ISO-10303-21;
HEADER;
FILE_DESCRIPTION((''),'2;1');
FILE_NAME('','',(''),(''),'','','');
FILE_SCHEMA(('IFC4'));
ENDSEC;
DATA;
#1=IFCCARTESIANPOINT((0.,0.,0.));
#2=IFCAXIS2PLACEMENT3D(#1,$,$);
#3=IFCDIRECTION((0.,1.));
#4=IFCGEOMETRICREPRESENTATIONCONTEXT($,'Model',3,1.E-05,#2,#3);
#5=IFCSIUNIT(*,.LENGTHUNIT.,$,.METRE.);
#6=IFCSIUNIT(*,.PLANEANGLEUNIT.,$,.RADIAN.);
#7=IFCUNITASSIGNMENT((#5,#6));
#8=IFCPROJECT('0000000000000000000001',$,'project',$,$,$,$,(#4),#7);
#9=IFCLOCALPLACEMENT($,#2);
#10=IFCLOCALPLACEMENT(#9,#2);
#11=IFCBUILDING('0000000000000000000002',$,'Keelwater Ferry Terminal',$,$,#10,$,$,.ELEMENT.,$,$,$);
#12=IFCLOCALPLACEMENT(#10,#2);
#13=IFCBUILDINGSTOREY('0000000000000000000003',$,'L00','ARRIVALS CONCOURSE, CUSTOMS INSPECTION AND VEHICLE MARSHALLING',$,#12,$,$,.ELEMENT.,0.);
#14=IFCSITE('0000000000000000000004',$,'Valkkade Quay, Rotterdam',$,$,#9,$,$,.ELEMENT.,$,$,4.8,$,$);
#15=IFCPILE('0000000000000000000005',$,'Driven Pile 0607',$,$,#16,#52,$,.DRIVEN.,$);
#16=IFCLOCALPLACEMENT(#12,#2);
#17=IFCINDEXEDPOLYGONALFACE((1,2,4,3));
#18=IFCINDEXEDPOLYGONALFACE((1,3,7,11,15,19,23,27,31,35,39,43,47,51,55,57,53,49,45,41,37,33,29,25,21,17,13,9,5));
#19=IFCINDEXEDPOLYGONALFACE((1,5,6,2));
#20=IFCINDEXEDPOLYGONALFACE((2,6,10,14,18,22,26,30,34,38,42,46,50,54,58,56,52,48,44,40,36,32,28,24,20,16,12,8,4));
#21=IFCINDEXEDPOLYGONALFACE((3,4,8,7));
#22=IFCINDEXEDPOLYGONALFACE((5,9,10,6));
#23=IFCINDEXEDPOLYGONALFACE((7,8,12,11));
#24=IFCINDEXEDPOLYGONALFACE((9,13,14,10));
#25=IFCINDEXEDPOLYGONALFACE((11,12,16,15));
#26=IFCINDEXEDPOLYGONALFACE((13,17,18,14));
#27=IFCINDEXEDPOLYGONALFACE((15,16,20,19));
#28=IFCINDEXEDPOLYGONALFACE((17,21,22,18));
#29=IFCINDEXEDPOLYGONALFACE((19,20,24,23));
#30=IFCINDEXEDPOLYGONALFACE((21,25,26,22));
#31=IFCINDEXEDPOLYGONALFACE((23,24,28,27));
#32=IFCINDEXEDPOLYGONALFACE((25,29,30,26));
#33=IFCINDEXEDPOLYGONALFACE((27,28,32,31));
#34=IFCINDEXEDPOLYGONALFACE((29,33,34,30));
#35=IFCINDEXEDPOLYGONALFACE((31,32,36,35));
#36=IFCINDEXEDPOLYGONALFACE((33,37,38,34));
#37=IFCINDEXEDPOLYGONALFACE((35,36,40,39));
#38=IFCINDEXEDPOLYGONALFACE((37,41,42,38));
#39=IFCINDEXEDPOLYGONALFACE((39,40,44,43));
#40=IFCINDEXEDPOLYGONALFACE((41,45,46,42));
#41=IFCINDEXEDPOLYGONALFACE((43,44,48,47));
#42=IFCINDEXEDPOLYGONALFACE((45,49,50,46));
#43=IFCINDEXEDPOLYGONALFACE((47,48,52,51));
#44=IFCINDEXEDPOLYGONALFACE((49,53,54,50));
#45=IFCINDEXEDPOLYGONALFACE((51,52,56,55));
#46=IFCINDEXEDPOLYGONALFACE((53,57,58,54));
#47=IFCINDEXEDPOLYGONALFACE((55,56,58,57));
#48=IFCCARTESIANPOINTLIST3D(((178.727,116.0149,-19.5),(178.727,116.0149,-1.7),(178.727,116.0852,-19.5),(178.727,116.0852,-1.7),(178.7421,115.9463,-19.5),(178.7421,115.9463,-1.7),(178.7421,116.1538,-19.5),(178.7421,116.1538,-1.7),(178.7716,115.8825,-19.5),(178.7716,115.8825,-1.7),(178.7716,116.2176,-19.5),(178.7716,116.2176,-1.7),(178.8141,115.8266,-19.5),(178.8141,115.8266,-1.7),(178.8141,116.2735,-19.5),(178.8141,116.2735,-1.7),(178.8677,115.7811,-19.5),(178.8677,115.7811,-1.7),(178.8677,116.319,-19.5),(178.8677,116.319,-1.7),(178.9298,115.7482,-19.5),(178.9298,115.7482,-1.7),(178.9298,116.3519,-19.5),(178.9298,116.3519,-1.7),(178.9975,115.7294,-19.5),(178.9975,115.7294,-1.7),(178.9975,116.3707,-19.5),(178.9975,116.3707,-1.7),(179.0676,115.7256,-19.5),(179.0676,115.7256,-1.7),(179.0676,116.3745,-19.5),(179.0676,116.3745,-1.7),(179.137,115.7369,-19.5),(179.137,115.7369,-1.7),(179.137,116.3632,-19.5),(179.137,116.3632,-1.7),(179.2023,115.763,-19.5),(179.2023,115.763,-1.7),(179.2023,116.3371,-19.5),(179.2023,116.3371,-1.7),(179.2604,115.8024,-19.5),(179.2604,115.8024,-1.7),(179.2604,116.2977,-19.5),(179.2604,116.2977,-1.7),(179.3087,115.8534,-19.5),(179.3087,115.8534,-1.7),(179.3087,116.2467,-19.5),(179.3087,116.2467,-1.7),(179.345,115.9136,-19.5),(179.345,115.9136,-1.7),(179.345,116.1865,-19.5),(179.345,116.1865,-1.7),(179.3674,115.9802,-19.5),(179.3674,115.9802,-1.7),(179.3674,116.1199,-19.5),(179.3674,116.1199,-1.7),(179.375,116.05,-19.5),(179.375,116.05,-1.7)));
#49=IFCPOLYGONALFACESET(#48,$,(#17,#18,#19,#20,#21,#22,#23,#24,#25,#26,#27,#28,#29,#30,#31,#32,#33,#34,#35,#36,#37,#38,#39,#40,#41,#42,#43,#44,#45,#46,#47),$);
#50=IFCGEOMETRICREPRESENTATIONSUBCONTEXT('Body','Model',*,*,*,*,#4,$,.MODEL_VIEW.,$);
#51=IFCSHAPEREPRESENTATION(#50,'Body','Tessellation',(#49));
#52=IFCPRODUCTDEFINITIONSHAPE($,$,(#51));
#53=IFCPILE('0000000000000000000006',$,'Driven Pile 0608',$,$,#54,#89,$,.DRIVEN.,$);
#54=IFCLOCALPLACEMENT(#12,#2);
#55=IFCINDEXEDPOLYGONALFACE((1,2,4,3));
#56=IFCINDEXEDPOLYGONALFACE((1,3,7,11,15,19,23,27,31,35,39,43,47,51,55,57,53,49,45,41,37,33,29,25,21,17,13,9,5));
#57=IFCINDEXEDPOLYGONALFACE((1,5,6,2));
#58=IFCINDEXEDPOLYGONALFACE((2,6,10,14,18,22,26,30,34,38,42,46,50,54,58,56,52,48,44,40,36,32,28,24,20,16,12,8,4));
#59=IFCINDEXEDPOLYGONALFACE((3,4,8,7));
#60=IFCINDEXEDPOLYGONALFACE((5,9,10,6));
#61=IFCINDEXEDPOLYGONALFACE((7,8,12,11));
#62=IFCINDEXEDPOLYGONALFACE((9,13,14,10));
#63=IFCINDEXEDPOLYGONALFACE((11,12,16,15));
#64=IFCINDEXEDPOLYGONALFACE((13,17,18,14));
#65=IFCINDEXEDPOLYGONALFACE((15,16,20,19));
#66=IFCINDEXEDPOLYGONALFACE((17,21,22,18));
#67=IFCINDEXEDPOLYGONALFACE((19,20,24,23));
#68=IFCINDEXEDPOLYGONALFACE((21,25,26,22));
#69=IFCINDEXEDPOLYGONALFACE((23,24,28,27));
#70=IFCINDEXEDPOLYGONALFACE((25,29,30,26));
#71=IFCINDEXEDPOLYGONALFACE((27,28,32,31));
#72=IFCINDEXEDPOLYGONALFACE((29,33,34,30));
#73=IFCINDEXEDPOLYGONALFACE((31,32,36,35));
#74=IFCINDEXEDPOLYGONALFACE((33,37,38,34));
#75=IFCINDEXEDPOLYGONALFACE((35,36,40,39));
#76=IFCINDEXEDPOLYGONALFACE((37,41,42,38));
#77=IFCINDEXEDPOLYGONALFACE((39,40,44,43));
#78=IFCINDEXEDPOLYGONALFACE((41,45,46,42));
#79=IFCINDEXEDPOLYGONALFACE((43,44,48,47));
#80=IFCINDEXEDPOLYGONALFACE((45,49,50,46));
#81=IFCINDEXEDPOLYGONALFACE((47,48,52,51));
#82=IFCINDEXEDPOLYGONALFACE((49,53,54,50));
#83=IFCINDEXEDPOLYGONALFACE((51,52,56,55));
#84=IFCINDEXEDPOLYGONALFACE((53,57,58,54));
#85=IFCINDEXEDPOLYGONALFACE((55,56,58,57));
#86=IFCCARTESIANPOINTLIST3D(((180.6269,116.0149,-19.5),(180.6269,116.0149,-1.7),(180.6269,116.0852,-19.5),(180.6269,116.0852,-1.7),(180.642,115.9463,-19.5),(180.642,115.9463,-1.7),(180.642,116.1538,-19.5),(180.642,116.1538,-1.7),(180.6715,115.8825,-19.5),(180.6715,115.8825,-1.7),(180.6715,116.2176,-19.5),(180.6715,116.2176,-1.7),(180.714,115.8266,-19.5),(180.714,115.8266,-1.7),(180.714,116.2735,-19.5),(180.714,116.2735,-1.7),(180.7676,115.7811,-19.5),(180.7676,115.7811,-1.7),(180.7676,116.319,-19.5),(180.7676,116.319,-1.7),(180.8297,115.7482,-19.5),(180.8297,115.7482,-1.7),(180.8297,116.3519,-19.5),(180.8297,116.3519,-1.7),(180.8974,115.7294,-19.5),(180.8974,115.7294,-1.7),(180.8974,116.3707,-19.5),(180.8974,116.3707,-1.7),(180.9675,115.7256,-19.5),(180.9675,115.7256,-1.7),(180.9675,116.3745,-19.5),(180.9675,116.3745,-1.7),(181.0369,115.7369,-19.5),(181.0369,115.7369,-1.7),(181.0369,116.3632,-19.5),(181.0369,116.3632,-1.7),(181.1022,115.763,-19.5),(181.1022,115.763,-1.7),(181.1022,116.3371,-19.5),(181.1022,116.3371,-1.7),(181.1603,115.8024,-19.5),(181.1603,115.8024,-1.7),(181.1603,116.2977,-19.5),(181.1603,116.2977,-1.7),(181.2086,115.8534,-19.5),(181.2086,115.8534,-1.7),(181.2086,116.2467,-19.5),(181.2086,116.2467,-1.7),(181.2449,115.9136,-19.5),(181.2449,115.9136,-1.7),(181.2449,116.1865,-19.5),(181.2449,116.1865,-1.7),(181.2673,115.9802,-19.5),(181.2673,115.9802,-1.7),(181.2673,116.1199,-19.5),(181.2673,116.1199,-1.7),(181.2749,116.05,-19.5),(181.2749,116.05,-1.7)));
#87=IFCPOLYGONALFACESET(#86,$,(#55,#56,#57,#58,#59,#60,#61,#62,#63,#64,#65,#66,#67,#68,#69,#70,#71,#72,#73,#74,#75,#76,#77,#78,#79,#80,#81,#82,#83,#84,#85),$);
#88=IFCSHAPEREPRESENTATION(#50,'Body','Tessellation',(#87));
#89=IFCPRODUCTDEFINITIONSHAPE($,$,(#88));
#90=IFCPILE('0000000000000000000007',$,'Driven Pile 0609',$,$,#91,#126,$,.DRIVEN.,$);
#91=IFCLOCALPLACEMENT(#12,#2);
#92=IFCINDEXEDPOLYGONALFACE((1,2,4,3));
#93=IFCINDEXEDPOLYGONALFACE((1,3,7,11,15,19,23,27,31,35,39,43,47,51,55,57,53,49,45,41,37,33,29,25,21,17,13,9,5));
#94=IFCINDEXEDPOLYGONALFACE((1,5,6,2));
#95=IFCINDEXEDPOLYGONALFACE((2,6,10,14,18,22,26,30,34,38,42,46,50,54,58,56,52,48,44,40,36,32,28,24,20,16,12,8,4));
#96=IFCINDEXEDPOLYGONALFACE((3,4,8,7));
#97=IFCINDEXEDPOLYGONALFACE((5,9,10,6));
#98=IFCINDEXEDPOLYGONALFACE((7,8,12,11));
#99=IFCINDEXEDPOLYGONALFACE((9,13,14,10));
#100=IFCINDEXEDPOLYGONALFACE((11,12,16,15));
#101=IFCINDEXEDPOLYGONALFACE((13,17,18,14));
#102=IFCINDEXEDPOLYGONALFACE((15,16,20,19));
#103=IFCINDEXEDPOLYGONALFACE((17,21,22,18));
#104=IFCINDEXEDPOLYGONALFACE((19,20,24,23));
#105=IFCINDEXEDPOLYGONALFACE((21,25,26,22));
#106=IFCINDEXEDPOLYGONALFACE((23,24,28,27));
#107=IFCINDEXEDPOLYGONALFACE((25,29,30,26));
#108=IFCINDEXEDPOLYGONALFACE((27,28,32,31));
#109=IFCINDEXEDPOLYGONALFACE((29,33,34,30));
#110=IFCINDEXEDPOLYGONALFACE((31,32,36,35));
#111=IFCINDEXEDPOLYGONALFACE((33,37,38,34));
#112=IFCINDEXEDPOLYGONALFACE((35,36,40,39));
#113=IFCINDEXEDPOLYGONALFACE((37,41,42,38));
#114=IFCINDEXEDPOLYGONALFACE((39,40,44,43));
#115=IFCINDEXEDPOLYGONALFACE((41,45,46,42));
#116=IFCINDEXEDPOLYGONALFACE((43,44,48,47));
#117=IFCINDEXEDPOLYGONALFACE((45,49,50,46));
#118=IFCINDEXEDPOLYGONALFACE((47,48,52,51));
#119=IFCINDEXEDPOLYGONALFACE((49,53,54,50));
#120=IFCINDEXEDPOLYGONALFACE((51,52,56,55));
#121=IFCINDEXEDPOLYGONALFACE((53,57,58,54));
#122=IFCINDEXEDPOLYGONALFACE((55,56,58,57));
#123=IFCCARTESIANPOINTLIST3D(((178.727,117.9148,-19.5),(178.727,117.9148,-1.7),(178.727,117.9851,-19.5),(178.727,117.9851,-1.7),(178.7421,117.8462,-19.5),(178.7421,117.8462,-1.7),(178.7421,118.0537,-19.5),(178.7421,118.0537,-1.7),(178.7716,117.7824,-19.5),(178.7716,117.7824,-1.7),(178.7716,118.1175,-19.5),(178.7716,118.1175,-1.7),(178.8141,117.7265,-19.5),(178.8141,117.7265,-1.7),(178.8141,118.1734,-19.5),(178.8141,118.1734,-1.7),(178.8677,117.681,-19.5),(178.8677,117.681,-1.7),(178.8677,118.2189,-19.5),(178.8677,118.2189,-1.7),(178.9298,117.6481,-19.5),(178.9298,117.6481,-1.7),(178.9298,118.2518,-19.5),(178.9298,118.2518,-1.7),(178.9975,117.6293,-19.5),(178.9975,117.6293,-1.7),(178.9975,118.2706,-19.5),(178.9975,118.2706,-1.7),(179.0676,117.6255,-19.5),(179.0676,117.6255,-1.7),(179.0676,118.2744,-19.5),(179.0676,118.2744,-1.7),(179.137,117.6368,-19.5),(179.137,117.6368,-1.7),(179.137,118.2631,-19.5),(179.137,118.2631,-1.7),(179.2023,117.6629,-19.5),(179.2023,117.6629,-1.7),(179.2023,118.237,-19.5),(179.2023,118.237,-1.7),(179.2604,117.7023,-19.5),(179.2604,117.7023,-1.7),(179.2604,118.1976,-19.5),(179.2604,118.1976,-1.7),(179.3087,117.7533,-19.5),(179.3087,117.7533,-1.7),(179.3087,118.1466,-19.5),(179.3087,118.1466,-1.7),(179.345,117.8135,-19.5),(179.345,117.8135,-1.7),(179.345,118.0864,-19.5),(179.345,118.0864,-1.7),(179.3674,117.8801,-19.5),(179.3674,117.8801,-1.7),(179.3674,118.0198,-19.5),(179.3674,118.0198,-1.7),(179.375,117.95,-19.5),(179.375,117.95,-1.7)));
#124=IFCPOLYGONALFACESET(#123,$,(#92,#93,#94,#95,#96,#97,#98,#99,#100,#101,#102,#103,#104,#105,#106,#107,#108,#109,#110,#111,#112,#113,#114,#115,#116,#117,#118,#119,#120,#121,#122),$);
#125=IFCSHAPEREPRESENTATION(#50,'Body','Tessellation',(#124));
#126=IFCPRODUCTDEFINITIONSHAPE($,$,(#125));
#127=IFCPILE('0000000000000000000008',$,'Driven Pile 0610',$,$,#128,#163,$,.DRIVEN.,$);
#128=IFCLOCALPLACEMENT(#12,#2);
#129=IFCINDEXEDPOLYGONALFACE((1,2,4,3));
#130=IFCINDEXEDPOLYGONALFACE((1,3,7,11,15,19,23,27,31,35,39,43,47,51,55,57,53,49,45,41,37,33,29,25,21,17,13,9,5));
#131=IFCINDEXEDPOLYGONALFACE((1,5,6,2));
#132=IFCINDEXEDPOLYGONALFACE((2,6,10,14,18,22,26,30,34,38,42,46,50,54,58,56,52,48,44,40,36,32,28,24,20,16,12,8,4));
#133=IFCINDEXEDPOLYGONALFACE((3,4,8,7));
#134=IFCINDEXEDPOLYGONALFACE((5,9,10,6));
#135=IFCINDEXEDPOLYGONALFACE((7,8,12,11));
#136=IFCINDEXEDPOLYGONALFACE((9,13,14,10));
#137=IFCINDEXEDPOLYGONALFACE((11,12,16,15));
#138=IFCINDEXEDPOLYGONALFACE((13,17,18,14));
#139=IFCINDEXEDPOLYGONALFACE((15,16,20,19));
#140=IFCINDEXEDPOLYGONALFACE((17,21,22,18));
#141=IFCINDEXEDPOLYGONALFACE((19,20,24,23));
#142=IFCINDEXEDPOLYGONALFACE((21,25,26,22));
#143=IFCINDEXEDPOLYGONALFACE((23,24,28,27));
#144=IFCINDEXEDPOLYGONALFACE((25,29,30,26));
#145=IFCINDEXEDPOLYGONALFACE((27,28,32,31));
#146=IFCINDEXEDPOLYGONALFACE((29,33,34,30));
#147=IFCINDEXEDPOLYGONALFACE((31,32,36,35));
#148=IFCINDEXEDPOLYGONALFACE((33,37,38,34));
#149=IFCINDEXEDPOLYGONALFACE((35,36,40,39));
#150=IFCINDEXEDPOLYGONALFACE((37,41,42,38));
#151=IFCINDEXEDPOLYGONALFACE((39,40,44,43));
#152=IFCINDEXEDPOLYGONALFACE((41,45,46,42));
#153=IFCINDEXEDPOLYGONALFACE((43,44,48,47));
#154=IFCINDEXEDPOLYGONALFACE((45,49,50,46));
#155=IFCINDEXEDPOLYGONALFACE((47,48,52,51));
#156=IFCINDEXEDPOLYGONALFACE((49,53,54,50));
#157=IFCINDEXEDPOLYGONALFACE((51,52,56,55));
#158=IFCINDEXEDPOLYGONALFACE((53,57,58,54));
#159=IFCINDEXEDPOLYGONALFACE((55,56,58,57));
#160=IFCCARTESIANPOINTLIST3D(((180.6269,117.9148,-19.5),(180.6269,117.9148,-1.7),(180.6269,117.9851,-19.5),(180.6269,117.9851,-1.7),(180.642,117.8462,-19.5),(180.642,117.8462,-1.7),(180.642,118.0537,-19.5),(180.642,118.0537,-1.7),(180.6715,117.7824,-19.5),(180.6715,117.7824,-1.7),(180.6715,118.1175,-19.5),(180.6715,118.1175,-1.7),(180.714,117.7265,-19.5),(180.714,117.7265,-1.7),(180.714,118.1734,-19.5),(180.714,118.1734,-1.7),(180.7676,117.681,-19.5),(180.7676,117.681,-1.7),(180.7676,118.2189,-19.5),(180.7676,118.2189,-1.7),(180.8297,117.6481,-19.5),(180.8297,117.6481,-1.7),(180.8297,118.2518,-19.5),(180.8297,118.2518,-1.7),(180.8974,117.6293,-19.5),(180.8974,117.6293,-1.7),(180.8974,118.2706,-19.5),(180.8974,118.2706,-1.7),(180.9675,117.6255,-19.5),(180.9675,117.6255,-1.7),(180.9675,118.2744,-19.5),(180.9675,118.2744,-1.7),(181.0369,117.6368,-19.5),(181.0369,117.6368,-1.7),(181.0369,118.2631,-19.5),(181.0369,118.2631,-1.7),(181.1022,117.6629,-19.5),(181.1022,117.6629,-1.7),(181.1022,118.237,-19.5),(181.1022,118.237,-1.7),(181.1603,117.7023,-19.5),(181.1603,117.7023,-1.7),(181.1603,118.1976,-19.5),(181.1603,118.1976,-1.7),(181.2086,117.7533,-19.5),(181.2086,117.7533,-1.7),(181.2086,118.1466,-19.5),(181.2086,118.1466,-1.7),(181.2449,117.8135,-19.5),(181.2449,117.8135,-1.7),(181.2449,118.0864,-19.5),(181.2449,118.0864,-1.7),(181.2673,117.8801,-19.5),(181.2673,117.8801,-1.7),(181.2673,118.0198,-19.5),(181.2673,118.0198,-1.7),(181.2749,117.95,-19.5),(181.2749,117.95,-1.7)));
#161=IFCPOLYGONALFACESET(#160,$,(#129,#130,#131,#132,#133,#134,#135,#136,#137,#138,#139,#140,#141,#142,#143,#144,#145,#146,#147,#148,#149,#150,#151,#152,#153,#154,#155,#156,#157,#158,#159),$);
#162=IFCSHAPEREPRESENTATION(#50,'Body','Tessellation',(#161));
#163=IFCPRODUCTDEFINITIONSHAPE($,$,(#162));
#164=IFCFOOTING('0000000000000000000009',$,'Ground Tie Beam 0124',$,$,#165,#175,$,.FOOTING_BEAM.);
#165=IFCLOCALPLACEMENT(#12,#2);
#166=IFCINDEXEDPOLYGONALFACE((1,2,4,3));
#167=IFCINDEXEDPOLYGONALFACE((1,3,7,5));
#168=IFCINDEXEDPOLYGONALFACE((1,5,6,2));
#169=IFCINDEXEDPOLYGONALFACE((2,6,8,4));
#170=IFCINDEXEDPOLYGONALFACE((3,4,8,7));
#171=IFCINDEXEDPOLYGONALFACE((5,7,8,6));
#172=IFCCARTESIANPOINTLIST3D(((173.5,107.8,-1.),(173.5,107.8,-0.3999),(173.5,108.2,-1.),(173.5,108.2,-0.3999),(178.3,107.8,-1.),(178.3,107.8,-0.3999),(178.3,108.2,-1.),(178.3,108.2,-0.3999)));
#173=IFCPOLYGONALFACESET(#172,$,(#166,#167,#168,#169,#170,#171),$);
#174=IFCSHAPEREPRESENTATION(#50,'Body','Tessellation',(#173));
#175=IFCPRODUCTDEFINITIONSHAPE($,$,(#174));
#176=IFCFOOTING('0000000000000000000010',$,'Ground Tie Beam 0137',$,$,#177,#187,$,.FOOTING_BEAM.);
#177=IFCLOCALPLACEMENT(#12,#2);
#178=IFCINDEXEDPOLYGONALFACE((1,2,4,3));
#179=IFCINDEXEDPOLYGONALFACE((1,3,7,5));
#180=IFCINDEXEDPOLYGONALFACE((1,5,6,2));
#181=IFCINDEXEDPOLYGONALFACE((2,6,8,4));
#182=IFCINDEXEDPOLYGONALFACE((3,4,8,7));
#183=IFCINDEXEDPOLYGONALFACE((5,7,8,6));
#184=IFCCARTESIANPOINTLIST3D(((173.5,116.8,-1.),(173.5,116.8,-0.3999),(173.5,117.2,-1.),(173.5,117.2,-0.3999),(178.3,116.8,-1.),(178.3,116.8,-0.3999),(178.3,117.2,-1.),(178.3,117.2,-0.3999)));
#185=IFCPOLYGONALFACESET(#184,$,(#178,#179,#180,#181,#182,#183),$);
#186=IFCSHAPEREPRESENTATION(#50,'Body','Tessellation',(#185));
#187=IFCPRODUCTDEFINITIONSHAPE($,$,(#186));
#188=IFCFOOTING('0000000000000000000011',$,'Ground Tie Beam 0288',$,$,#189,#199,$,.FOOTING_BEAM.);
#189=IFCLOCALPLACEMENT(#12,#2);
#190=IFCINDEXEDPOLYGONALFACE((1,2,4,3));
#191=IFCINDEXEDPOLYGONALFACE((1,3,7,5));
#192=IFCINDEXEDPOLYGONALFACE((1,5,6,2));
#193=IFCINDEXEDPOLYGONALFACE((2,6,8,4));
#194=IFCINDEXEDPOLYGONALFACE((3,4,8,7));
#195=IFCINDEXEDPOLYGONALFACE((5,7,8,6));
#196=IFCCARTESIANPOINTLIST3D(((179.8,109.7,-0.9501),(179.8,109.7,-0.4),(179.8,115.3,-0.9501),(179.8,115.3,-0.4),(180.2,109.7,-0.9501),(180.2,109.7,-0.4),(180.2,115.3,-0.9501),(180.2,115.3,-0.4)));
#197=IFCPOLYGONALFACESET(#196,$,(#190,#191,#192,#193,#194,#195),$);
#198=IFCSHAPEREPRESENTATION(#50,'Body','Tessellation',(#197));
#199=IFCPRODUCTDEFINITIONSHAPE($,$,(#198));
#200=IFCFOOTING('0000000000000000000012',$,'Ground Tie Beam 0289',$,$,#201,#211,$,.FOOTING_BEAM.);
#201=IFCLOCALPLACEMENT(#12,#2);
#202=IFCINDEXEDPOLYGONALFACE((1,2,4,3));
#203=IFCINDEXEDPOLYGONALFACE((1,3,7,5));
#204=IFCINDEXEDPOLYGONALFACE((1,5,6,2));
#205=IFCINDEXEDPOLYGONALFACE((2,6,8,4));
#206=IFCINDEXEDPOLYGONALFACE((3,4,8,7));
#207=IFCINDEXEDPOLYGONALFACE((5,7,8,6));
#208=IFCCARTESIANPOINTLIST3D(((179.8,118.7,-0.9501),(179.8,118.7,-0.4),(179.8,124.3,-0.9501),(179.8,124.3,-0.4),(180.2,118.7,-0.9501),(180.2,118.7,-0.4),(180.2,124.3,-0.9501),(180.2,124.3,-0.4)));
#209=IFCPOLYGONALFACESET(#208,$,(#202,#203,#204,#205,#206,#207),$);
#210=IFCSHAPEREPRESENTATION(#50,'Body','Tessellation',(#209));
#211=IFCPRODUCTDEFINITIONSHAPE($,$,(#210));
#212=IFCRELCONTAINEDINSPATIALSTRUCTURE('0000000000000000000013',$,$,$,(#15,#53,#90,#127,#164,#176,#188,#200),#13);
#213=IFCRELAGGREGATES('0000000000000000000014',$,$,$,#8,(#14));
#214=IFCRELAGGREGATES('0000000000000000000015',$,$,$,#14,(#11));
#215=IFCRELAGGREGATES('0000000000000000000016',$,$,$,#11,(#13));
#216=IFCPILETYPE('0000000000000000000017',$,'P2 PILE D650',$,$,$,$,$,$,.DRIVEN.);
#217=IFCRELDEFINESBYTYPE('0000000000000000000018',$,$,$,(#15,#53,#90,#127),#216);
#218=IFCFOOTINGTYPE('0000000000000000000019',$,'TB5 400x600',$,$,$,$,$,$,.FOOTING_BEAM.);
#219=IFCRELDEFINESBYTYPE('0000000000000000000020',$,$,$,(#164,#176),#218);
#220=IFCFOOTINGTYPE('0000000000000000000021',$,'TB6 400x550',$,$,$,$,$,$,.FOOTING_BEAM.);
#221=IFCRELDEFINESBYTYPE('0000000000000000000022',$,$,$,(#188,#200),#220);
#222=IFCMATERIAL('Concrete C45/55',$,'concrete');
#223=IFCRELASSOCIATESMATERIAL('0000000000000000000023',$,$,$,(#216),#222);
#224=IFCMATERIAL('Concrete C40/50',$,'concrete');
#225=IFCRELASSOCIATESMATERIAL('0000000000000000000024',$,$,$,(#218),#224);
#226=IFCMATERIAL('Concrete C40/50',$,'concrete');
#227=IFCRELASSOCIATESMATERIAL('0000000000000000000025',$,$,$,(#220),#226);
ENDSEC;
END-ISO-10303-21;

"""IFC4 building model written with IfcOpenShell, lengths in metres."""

from ifc_helpers import new_model, si_unit, direction, frame, origin, origin_2d, place, context, subcontext, project, spatial, rectangle, circle, extrude, material, material_profile, profile_set, type_object, element, save


model = new_model("IFC4")

# Units and contexts
model_context = context("Model", 3, precision=1e-05, world=origin(), true_north=direction((0.0, 1.0)))
body_context = subcontext(model_context, "Body", "Model", "MODEL_VIEW")
ifc_project = project(units=[si_unit("LENGTHUNIT", "METRE"), si_unit("PLANEANGLEUNIT", "RADIAN")], contexts=[model_context])

# Site, building, storey
site_placement = place(None, origin())
site = spatial("IfcSite", under=ifc_project, at=site_placement, Name="Valkkade Quay, Rotterdam", CompositionType="ELEMENT", RefElevation=4.8)
building_placement = place(site_placement, origin())
building = spatial("IfcBuilding", under=site, at=building_placement, Name="Keelwater Ferry Terminal", CompositionType="ELEMENT")
storey_placement = place(building_placement, origin())
storey = spatial("IfcBuildingStorey", under=building, at=storey_placement, Name="L00", Description="ARRIVALS CONCOURSE, CUSTOMS INSPECTION AND VEHICLE MARSHALLING", CompositionType="ELEMENT", Elevation=0.0)

# Piles
ifc_material_1 = material(Name="Concrete C45/55", Category="concrete")
ifc_material_profile_1 = material_profile(ifc_material_1, circle(Radius=0.325, at=origin_2d()), Name="PILE D650")
ifc_profile_set_1 = profile_set([ifc_material_profile_1], Name="Concrete C45/55")
pile_type = type_object("IfcPileType", Name="P2 PILE D650", PredefinedType="DRIVEN", material=ifc_profile_set_1)
for number, where, z_axis, x_axis, name in (
    (1, (179.05, 116.05, -1.7), (0.0, 0.0, -1.0), (1.0, 0.0, 0.0), "Driven Pile 0607"),
    (2, (180.95, 116.05, -1.7), (0.0, 0.0, -1.0), (1.0, 0.0, 0.0), "Driven Pile 0608"),
    (3, (179.05, 117.95, -1.7), (0.0, 0.0, -1.0), (1.0, 0.0, 0.0), "Driven Pile 0609"),
    (4, (180.95, 117.95, -1.7), (0.0, 0.0, -1.0), (1.0, 0.0, 0.0), "Driven Pile 0610"),
):
    element("IfcPile", number, at=place(storey_placement, frame(where, z_axis=z_axis, x_axis=x_axis)), inside=storey, type_object=pile_type, Name=name, PredefinedType="DRIVEN", context=body_context, shape_type="SweptSolid", body=[
        extrude(circle(Radius=0.325, at=origin_2d()), origin(), (0.0, 0.0, 1.0), 17.8),
    ])

# Footings
ifc_material_2 = material(Name="Concrete C40/50", Category="concrete")
ifc_material_profile_2 = material_profile(ifc_material_2, rectangle(XDim=0.3999, YDim=0.6001, at=origin_2d()), Name="TB 400x600")
ifc_profile_set_2 = profile_set([ifc_material_profile_2], Name="Concrete C40/50")
footing_type_1 = type_object("IfcFootingType", Name="TB5 400x600", PredefinedType="FOOTING_BEAM", material=ifc_profile_set_2)
for number, where, z_axis, x_axis, name in (
    (5, (173.5, 108.0, -0.7), (1.0, 0.0, 0.0), (0.0, 1.0, 0.0), "Ground Tie Beam 0124"),
    (6, (173.5, 117.0, -0.7), (1.0, 0.0, 0.0), (0.0, 1.0, 0.0), "Ground Tie Beam 0137"),
):
    element("IfcFooting", number, at=place(storey_placement, frame(where, z_axis=z_axis, x_axis=x_axis)), inside=storey, type_object=footing_type_1, Name=name, PredefinedType="FOOTING_BEAM", context=body_context, shape_type="SweptSolid", body=[
        extrude(rectangle(XDim=0.3999, YDim=0.6001, at=origin_2d()), origin(), (0.0, 0.0, 1.0), 4.8),
    ])
ifc_material_3 = material(Name="Concrete C40/50", Category="concrete")
ifc_material_profile_3 = material_profile(ifc_material_3, rectangle(XDim=0.3999, YDim=0.55, at=origin_2d()), Name="TB 400x550")
ifc_profile_set_3 = profile_set([ifc_material_profile_3], Name="Concrete C40/50")
footing_type_2 = type_object("IfcFootingType", Name="TB6 400x550", PredefinedType="FOOTING_BEAM", material=ifc_profile_set_3)
for number, where, z_axis, x_axis, name in (
    (7, (180.0, 109.7, -0.675), (0.0, 1.0, 0.0), (-1.0, 0.0, 0.0), "Ground Tie Beam 0288"),
    (8, (180.0, 118.7, -0.675), (0.0, 1.0, 0.0), (-1.0, 0.0, 0.0), "Ground Tie Beam 0289"),
):
    element("IfcFooting", number, at=place(storey_placement, frame(where, z_axis=z_axis, x_axis=x_axis)), inside=storey, type_object=footing_type_2, Name=name, PredefinedType="FOOTING_BEAM", context=body_context, shape_type="SweptSolid", body=[
        extrude(rectangle(XDim=0.3999, YDim=0.55, at=origin_2d()), origin(), (0.0, 0.0, 1.0), 5.6001),
    ])

save(model, "model.ifc")
